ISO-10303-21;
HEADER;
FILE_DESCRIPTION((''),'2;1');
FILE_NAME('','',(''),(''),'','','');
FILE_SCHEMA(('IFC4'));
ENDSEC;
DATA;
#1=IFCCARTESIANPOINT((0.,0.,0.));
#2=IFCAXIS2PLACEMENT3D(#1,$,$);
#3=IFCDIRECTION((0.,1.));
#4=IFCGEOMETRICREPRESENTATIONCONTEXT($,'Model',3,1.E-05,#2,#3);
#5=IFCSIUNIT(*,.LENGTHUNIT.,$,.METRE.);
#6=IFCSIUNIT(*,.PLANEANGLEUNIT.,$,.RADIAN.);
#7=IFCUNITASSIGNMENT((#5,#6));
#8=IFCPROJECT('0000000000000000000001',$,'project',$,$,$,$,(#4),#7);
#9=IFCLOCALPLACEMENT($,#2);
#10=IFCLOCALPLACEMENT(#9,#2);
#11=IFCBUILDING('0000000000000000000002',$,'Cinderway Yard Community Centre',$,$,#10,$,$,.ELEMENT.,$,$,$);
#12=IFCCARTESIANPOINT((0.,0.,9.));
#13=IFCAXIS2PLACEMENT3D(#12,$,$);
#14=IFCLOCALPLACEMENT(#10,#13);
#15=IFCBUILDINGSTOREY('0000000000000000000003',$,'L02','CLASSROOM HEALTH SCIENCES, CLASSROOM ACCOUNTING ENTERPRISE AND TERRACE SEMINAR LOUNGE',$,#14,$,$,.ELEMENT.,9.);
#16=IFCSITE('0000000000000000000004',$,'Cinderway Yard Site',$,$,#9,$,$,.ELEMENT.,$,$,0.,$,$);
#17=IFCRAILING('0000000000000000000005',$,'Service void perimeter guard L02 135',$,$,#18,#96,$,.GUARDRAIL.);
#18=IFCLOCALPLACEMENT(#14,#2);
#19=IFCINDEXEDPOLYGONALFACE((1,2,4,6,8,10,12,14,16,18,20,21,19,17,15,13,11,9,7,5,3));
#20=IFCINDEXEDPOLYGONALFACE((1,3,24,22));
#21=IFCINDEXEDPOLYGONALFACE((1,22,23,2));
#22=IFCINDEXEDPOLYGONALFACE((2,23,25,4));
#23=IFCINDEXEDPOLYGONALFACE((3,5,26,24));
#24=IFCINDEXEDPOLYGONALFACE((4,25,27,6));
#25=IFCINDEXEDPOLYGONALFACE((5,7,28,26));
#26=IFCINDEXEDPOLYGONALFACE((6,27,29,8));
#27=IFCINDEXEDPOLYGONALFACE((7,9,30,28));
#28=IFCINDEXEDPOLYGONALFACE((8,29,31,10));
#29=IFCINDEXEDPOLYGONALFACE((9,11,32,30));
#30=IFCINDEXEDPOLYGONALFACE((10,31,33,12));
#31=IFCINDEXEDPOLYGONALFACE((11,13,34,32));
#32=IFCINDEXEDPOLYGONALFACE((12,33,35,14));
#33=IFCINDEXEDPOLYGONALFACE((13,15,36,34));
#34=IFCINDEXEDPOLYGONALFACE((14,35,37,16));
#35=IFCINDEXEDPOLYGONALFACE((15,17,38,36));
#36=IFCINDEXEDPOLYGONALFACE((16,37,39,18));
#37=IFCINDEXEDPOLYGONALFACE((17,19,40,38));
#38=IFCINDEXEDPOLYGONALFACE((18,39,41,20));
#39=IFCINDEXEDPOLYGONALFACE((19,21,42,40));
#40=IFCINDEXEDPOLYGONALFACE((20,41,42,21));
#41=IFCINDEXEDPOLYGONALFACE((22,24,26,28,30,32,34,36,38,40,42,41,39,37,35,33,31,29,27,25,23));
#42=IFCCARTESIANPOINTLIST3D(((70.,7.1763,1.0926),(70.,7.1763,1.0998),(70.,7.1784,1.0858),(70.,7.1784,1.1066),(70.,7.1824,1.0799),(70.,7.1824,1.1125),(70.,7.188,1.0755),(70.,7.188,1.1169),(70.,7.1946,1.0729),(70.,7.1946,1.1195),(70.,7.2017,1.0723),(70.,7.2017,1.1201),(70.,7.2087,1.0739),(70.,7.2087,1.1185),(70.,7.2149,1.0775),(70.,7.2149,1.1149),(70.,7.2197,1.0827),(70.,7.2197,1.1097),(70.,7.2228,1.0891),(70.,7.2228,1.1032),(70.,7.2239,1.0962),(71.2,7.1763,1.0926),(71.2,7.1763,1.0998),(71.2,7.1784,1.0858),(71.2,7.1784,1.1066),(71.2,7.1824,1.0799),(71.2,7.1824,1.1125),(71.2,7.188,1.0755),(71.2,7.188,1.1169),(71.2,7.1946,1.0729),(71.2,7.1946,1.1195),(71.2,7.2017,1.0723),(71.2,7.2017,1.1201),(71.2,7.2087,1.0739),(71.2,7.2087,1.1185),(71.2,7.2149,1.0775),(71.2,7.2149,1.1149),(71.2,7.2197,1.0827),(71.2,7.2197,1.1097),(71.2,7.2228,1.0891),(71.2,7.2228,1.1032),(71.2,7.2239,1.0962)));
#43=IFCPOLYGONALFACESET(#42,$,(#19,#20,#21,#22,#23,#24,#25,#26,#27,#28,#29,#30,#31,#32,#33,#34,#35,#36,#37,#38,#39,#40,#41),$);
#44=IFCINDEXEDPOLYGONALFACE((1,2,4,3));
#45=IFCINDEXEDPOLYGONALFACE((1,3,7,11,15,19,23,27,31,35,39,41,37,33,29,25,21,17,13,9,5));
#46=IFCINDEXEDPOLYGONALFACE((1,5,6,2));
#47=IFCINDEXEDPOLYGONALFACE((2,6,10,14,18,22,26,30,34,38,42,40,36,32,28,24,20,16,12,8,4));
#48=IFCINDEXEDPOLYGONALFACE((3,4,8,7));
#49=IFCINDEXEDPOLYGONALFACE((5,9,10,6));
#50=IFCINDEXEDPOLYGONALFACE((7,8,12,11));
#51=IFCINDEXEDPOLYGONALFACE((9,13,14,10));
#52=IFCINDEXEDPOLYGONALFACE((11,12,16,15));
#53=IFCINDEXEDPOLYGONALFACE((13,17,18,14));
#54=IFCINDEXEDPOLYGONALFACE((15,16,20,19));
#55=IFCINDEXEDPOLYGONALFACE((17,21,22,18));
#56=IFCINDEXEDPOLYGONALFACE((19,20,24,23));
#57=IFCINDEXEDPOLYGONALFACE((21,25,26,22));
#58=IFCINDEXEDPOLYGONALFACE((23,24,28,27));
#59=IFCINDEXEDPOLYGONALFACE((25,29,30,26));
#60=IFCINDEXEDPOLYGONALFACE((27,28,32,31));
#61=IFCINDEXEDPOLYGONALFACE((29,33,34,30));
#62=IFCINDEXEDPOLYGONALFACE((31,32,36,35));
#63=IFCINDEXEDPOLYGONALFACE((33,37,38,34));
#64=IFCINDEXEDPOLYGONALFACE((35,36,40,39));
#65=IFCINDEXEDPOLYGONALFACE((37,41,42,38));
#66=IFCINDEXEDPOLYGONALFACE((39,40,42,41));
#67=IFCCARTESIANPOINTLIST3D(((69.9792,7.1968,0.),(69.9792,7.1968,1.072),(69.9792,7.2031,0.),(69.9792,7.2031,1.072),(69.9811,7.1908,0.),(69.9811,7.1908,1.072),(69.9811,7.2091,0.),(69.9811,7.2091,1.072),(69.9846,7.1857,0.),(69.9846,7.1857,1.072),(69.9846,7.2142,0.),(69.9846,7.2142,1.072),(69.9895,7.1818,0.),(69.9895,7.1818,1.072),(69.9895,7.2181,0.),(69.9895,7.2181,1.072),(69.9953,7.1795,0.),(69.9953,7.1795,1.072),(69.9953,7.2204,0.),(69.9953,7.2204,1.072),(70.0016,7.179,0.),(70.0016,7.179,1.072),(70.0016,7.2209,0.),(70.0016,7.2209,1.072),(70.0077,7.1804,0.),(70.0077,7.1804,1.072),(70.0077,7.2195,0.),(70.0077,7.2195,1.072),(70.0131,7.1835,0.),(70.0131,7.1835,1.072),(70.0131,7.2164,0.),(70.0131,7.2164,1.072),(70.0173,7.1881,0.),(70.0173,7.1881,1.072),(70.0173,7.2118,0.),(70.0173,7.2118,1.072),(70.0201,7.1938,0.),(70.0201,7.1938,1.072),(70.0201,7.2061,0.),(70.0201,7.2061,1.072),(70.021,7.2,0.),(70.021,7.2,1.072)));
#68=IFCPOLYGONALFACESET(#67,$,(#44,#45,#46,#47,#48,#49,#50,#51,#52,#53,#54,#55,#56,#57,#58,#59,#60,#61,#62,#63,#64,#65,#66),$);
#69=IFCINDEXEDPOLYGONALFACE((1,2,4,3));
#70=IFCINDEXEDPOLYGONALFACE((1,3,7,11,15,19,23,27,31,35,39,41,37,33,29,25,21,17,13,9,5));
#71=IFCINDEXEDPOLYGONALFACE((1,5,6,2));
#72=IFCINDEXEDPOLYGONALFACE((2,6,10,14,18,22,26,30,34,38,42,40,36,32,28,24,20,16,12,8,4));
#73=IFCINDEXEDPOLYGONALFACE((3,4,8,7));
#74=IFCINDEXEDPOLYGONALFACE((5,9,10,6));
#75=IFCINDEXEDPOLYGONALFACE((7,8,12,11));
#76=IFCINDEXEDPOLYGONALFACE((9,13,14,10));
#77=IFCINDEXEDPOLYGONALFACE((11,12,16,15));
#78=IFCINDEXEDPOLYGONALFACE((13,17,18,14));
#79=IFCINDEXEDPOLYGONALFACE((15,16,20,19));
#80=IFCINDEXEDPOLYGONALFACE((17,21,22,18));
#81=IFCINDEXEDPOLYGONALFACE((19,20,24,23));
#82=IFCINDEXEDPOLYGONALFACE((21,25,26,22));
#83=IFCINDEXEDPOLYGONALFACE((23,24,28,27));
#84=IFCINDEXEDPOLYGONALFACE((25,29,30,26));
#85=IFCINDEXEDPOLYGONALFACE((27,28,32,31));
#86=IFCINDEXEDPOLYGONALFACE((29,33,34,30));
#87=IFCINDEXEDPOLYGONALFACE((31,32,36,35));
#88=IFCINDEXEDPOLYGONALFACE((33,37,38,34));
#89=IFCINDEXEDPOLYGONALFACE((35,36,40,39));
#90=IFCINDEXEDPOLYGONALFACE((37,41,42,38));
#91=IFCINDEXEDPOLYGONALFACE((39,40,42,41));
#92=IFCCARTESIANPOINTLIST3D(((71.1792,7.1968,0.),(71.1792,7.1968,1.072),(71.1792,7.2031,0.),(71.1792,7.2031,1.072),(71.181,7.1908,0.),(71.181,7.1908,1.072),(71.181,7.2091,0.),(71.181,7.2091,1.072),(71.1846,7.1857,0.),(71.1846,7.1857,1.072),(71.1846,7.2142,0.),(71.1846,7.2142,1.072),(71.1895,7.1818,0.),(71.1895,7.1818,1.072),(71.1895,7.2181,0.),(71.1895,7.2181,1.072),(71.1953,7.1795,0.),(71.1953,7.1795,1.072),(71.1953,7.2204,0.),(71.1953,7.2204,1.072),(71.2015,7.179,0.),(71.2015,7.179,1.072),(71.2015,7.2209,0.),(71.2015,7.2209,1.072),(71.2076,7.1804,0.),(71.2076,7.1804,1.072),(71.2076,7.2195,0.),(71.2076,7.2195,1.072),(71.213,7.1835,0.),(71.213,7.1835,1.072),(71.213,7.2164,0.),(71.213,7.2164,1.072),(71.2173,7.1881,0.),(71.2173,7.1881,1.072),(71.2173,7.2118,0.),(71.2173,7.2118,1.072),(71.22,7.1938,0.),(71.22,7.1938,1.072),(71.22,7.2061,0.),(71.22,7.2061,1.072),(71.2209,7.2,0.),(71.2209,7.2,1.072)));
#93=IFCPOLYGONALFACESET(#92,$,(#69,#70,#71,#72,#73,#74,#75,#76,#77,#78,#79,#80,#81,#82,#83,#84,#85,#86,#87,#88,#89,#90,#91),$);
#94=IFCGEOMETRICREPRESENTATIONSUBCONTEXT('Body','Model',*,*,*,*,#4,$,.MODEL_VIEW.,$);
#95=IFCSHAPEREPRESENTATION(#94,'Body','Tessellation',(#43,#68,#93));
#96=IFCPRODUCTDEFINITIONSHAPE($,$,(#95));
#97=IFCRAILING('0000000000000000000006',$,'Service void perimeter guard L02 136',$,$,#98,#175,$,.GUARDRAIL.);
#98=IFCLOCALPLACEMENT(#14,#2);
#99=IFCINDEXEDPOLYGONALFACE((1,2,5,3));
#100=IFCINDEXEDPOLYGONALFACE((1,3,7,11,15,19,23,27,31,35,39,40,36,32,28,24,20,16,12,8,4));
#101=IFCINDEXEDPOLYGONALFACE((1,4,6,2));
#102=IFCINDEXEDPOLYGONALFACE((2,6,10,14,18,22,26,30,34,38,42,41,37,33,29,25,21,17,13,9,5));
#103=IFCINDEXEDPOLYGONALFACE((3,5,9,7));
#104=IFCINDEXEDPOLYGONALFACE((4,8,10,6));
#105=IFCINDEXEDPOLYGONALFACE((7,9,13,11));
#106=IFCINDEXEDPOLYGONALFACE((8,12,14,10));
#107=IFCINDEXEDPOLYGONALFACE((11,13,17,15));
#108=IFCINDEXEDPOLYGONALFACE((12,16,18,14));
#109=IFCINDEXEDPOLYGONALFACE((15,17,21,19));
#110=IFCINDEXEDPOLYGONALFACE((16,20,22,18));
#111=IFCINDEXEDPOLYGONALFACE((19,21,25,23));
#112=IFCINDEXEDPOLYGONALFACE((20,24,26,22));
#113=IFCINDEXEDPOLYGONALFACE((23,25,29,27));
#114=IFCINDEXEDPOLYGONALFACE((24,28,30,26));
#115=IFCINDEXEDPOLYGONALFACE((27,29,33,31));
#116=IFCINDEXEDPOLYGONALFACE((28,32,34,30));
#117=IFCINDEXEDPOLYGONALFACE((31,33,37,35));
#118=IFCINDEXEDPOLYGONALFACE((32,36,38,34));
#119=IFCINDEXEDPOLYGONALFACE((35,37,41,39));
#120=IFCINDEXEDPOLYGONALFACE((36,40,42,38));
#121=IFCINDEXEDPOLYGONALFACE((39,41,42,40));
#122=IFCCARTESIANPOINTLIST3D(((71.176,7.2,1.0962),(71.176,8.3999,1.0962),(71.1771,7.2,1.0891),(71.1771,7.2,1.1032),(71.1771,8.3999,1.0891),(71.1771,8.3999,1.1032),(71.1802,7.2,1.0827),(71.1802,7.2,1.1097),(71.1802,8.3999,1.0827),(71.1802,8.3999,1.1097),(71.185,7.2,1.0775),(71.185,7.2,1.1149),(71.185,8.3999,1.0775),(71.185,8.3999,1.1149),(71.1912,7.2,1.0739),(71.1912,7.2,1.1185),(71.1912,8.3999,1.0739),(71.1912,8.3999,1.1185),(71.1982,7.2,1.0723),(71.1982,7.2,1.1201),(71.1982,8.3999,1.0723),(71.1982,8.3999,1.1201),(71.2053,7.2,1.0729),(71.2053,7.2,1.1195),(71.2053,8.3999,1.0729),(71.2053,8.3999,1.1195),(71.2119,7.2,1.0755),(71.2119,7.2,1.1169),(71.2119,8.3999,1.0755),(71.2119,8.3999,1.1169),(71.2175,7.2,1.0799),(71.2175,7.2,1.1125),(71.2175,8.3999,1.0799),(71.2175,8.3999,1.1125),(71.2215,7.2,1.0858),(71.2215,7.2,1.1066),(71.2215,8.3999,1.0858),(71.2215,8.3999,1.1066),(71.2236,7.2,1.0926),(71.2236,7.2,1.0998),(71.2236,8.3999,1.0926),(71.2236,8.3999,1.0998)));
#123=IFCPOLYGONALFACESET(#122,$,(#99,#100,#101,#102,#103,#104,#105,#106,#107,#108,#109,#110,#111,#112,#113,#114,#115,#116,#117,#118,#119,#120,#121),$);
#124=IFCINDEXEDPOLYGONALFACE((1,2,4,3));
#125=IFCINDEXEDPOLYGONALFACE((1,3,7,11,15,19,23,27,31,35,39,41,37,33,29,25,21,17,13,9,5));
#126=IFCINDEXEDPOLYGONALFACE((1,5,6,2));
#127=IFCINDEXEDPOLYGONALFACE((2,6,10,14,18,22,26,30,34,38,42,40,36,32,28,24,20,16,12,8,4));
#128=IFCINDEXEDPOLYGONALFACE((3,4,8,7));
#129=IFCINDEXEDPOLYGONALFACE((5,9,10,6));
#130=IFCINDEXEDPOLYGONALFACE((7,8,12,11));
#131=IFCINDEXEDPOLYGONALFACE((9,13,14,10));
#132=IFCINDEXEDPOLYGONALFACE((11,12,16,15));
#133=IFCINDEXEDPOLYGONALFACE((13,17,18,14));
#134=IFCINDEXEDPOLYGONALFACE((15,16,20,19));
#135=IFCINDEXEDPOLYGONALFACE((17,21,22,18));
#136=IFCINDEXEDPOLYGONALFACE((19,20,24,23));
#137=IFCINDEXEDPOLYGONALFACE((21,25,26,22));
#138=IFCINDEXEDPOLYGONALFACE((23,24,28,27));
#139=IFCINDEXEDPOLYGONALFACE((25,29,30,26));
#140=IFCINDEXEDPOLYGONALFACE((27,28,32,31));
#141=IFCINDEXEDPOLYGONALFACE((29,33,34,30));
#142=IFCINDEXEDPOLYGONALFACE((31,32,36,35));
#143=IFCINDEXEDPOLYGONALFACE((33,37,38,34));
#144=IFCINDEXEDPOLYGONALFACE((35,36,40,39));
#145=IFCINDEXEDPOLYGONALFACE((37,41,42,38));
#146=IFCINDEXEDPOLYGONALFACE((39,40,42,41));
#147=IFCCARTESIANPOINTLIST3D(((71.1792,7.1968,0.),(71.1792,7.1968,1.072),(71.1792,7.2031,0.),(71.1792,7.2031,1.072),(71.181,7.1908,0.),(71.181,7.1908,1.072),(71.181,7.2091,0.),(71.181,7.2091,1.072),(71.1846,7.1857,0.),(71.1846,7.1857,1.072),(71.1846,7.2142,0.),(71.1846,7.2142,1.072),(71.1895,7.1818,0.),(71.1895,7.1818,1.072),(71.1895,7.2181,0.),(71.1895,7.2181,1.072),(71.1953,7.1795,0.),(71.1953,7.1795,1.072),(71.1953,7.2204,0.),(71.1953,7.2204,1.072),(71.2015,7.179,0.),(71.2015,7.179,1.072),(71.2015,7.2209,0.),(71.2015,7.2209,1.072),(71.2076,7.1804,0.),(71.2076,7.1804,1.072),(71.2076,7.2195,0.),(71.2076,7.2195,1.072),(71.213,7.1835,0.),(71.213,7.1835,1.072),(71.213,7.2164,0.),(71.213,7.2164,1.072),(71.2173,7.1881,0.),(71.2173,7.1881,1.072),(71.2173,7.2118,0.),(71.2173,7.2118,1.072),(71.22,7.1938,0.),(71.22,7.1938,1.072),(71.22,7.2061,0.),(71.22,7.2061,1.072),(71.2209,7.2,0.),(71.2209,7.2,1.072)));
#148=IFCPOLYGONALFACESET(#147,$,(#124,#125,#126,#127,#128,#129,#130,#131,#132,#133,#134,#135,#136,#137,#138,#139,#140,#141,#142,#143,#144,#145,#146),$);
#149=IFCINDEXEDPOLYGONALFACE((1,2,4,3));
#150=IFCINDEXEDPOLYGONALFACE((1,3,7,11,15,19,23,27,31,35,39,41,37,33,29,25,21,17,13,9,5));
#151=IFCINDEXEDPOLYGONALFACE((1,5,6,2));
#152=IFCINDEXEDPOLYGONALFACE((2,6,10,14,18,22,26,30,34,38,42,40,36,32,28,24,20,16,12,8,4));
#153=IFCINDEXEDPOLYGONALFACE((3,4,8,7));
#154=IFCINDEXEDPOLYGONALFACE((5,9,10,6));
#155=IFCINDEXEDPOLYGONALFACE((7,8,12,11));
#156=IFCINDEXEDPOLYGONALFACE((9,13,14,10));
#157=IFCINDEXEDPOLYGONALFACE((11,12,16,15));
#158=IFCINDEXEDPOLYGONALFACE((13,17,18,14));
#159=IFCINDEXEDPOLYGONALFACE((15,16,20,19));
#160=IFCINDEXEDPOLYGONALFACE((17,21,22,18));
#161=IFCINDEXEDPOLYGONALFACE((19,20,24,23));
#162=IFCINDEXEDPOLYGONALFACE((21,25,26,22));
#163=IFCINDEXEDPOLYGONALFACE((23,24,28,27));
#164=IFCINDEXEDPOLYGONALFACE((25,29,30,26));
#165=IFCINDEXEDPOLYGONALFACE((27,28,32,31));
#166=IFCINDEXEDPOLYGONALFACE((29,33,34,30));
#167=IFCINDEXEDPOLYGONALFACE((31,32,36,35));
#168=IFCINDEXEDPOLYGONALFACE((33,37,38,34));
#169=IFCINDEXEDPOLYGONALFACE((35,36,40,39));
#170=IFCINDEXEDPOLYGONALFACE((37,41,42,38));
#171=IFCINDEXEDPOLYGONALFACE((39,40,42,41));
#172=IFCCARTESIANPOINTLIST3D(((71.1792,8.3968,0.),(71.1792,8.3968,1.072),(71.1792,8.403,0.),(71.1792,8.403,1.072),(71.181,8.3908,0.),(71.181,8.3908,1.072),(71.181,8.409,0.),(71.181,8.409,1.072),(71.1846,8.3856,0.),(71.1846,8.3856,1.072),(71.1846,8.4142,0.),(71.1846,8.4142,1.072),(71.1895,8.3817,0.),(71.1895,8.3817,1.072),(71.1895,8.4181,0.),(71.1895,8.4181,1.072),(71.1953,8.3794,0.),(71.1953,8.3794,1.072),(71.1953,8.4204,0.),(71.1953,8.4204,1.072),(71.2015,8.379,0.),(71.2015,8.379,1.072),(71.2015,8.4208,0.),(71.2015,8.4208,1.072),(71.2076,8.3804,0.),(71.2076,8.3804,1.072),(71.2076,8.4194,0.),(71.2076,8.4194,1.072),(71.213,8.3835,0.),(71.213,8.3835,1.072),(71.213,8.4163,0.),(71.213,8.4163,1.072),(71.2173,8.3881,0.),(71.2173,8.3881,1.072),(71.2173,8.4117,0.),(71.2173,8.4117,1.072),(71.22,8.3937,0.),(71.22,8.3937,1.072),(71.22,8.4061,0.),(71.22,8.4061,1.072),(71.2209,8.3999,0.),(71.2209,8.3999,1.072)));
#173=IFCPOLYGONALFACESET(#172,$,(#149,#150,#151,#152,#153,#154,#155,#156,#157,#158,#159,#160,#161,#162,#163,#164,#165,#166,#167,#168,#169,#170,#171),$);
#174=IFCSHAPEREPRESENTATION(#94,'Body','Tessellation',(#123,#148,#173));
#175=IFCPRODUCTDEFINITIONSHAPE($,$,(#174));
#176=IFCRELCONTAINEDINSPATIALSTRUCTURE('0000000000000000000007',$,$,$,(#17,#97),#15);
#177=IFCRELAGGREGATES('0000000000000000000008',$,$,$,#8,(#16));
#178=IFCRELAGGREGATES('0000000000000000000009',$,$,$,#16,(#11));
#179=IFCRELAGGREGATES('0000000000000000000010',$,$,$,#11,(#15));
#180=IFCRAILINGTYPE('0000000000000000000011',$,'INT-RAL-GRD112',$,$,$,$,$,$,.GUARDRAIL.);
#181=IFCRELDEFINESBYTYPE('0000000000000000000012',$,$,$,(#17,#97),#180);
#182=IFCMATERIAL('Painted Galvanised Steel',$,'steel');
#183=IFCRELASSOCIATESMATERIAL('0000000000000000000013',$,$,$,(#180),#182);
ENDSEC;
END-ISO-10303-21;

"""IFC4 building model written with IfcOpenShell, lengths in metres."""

from ifc_helpers import new_model, si_unit, direction, frame, origin, origin_2d, place, context, subcontext, project, spatial, circle, extrude, material, type_object, element, save


model = new_model("IFC4")

# Units and contexts
model_context = context("Model", 3, precision=1e-05, world=origin(), true_north=direction((0.0, 1.0)))
body_context = subcontext(model_context, "Body", "Model", "MODEL_VIEW")
ifc_project = project(units=[si_unit("LENGTHUNIT", "METRE"), si_unit("PLANEANGLEUNIT", "RADIAN")], contexts=[model_context])

# Site, building, storey
site_placement = place(None, origin())
site = spatial("IfcSite", under=ifc_project, at=site_placement, Name="Cinderway Yard Site", CompositionType="ELEMENT", RefElevation=0.0)
building_placement = place(site_placement, origin())
building = spatial("IfcBuilding", under=site, at=building_placement, Name="Cinderway Yard Community Centre", CompositionType="ELEMENT")
storey_placement = place(building_placement, frame((0.0, 0.0, 9.0)))
storey = spatial("IfcBuildingStorey", under=building, at=storey_placement, Name="L02", Description="CLASSROOM HEALTH SCIENCES, CLASSROOM ACCOUNTING ENTERPRISE AND TERRACE SEMINAR LOUNGE", CompositionType="ELEMENT", Elevation=9.0)

# Shared definitions
ifc_material_1 = material(Name="Painted Galvanised Steel", Category="steel")

# Railings
railing_type = type_object("IfcRailingType", Name="INT-RAL-GRD112", PredefinedType="GUARDRAIL", material=ifc_material_1)
railing_1_placement = place(storey_placement, frame((70.0, 7.2, 0.0)))
element("IfcRailing", 1, at=railing_1_placement, inside=storey, type_object=railing_type, Name="Service void perimeter guard L02 135", PredefinedType="GUARDRAIL", context=body_context, shape_type="SweptSolid", body=[
    extrude(circle(Radius=0.0239, at=origin_2d()), frame((0.0, 0.0, 1.0962), z_axis=(1.0, 0.0, 0.0), x_axis=(0.0, 1.0, 0.0)), (0.0, 0.0, 1.0), 1.2),
    extrude(circle(Radius=0.021, at=origin_2d()), origin(), (0.0, 0.0, 1.0), 1.072),
    extrude(circle(Radius=0.021, at=origin_2d()), frame((1.2, 0.0, 0.0)), (0.0, 0.0, 1.0), 1.072),
])
railing_2_placement = place(storey_placement, frame((71.2, 7.2, 0.0)))
element("IfcRailing", 2, at=railing_2_placement, inside=storey, type_object=railing_type, Name="Service void perimeter guard L02 136", PredefinedType="GUARDRAIL", context=body_context, shape_type="SweptSolid", body=[
    extrude(circle(Radius=0.0239, at=origin_2d()), frame((0.0, 0.0, 1.0962), z_axis=(0.0, 1.0, 0.0), x_axis=(-1.0, 0.0, 0.0)), (0.0, 0.0, 1.0), 1.2),
    extrude(circle(Radius=0.021, at=origin_2d()), origin(), (0.0, 0.0, 1.0), 1.072),
    extrude(circle(Radius=0.021, at=origin_2d()), frame((0.0, 1.2, 0.0)), (0.0, 0.0, 1.0), 1.072),
])

save(model, "model.ifc")
